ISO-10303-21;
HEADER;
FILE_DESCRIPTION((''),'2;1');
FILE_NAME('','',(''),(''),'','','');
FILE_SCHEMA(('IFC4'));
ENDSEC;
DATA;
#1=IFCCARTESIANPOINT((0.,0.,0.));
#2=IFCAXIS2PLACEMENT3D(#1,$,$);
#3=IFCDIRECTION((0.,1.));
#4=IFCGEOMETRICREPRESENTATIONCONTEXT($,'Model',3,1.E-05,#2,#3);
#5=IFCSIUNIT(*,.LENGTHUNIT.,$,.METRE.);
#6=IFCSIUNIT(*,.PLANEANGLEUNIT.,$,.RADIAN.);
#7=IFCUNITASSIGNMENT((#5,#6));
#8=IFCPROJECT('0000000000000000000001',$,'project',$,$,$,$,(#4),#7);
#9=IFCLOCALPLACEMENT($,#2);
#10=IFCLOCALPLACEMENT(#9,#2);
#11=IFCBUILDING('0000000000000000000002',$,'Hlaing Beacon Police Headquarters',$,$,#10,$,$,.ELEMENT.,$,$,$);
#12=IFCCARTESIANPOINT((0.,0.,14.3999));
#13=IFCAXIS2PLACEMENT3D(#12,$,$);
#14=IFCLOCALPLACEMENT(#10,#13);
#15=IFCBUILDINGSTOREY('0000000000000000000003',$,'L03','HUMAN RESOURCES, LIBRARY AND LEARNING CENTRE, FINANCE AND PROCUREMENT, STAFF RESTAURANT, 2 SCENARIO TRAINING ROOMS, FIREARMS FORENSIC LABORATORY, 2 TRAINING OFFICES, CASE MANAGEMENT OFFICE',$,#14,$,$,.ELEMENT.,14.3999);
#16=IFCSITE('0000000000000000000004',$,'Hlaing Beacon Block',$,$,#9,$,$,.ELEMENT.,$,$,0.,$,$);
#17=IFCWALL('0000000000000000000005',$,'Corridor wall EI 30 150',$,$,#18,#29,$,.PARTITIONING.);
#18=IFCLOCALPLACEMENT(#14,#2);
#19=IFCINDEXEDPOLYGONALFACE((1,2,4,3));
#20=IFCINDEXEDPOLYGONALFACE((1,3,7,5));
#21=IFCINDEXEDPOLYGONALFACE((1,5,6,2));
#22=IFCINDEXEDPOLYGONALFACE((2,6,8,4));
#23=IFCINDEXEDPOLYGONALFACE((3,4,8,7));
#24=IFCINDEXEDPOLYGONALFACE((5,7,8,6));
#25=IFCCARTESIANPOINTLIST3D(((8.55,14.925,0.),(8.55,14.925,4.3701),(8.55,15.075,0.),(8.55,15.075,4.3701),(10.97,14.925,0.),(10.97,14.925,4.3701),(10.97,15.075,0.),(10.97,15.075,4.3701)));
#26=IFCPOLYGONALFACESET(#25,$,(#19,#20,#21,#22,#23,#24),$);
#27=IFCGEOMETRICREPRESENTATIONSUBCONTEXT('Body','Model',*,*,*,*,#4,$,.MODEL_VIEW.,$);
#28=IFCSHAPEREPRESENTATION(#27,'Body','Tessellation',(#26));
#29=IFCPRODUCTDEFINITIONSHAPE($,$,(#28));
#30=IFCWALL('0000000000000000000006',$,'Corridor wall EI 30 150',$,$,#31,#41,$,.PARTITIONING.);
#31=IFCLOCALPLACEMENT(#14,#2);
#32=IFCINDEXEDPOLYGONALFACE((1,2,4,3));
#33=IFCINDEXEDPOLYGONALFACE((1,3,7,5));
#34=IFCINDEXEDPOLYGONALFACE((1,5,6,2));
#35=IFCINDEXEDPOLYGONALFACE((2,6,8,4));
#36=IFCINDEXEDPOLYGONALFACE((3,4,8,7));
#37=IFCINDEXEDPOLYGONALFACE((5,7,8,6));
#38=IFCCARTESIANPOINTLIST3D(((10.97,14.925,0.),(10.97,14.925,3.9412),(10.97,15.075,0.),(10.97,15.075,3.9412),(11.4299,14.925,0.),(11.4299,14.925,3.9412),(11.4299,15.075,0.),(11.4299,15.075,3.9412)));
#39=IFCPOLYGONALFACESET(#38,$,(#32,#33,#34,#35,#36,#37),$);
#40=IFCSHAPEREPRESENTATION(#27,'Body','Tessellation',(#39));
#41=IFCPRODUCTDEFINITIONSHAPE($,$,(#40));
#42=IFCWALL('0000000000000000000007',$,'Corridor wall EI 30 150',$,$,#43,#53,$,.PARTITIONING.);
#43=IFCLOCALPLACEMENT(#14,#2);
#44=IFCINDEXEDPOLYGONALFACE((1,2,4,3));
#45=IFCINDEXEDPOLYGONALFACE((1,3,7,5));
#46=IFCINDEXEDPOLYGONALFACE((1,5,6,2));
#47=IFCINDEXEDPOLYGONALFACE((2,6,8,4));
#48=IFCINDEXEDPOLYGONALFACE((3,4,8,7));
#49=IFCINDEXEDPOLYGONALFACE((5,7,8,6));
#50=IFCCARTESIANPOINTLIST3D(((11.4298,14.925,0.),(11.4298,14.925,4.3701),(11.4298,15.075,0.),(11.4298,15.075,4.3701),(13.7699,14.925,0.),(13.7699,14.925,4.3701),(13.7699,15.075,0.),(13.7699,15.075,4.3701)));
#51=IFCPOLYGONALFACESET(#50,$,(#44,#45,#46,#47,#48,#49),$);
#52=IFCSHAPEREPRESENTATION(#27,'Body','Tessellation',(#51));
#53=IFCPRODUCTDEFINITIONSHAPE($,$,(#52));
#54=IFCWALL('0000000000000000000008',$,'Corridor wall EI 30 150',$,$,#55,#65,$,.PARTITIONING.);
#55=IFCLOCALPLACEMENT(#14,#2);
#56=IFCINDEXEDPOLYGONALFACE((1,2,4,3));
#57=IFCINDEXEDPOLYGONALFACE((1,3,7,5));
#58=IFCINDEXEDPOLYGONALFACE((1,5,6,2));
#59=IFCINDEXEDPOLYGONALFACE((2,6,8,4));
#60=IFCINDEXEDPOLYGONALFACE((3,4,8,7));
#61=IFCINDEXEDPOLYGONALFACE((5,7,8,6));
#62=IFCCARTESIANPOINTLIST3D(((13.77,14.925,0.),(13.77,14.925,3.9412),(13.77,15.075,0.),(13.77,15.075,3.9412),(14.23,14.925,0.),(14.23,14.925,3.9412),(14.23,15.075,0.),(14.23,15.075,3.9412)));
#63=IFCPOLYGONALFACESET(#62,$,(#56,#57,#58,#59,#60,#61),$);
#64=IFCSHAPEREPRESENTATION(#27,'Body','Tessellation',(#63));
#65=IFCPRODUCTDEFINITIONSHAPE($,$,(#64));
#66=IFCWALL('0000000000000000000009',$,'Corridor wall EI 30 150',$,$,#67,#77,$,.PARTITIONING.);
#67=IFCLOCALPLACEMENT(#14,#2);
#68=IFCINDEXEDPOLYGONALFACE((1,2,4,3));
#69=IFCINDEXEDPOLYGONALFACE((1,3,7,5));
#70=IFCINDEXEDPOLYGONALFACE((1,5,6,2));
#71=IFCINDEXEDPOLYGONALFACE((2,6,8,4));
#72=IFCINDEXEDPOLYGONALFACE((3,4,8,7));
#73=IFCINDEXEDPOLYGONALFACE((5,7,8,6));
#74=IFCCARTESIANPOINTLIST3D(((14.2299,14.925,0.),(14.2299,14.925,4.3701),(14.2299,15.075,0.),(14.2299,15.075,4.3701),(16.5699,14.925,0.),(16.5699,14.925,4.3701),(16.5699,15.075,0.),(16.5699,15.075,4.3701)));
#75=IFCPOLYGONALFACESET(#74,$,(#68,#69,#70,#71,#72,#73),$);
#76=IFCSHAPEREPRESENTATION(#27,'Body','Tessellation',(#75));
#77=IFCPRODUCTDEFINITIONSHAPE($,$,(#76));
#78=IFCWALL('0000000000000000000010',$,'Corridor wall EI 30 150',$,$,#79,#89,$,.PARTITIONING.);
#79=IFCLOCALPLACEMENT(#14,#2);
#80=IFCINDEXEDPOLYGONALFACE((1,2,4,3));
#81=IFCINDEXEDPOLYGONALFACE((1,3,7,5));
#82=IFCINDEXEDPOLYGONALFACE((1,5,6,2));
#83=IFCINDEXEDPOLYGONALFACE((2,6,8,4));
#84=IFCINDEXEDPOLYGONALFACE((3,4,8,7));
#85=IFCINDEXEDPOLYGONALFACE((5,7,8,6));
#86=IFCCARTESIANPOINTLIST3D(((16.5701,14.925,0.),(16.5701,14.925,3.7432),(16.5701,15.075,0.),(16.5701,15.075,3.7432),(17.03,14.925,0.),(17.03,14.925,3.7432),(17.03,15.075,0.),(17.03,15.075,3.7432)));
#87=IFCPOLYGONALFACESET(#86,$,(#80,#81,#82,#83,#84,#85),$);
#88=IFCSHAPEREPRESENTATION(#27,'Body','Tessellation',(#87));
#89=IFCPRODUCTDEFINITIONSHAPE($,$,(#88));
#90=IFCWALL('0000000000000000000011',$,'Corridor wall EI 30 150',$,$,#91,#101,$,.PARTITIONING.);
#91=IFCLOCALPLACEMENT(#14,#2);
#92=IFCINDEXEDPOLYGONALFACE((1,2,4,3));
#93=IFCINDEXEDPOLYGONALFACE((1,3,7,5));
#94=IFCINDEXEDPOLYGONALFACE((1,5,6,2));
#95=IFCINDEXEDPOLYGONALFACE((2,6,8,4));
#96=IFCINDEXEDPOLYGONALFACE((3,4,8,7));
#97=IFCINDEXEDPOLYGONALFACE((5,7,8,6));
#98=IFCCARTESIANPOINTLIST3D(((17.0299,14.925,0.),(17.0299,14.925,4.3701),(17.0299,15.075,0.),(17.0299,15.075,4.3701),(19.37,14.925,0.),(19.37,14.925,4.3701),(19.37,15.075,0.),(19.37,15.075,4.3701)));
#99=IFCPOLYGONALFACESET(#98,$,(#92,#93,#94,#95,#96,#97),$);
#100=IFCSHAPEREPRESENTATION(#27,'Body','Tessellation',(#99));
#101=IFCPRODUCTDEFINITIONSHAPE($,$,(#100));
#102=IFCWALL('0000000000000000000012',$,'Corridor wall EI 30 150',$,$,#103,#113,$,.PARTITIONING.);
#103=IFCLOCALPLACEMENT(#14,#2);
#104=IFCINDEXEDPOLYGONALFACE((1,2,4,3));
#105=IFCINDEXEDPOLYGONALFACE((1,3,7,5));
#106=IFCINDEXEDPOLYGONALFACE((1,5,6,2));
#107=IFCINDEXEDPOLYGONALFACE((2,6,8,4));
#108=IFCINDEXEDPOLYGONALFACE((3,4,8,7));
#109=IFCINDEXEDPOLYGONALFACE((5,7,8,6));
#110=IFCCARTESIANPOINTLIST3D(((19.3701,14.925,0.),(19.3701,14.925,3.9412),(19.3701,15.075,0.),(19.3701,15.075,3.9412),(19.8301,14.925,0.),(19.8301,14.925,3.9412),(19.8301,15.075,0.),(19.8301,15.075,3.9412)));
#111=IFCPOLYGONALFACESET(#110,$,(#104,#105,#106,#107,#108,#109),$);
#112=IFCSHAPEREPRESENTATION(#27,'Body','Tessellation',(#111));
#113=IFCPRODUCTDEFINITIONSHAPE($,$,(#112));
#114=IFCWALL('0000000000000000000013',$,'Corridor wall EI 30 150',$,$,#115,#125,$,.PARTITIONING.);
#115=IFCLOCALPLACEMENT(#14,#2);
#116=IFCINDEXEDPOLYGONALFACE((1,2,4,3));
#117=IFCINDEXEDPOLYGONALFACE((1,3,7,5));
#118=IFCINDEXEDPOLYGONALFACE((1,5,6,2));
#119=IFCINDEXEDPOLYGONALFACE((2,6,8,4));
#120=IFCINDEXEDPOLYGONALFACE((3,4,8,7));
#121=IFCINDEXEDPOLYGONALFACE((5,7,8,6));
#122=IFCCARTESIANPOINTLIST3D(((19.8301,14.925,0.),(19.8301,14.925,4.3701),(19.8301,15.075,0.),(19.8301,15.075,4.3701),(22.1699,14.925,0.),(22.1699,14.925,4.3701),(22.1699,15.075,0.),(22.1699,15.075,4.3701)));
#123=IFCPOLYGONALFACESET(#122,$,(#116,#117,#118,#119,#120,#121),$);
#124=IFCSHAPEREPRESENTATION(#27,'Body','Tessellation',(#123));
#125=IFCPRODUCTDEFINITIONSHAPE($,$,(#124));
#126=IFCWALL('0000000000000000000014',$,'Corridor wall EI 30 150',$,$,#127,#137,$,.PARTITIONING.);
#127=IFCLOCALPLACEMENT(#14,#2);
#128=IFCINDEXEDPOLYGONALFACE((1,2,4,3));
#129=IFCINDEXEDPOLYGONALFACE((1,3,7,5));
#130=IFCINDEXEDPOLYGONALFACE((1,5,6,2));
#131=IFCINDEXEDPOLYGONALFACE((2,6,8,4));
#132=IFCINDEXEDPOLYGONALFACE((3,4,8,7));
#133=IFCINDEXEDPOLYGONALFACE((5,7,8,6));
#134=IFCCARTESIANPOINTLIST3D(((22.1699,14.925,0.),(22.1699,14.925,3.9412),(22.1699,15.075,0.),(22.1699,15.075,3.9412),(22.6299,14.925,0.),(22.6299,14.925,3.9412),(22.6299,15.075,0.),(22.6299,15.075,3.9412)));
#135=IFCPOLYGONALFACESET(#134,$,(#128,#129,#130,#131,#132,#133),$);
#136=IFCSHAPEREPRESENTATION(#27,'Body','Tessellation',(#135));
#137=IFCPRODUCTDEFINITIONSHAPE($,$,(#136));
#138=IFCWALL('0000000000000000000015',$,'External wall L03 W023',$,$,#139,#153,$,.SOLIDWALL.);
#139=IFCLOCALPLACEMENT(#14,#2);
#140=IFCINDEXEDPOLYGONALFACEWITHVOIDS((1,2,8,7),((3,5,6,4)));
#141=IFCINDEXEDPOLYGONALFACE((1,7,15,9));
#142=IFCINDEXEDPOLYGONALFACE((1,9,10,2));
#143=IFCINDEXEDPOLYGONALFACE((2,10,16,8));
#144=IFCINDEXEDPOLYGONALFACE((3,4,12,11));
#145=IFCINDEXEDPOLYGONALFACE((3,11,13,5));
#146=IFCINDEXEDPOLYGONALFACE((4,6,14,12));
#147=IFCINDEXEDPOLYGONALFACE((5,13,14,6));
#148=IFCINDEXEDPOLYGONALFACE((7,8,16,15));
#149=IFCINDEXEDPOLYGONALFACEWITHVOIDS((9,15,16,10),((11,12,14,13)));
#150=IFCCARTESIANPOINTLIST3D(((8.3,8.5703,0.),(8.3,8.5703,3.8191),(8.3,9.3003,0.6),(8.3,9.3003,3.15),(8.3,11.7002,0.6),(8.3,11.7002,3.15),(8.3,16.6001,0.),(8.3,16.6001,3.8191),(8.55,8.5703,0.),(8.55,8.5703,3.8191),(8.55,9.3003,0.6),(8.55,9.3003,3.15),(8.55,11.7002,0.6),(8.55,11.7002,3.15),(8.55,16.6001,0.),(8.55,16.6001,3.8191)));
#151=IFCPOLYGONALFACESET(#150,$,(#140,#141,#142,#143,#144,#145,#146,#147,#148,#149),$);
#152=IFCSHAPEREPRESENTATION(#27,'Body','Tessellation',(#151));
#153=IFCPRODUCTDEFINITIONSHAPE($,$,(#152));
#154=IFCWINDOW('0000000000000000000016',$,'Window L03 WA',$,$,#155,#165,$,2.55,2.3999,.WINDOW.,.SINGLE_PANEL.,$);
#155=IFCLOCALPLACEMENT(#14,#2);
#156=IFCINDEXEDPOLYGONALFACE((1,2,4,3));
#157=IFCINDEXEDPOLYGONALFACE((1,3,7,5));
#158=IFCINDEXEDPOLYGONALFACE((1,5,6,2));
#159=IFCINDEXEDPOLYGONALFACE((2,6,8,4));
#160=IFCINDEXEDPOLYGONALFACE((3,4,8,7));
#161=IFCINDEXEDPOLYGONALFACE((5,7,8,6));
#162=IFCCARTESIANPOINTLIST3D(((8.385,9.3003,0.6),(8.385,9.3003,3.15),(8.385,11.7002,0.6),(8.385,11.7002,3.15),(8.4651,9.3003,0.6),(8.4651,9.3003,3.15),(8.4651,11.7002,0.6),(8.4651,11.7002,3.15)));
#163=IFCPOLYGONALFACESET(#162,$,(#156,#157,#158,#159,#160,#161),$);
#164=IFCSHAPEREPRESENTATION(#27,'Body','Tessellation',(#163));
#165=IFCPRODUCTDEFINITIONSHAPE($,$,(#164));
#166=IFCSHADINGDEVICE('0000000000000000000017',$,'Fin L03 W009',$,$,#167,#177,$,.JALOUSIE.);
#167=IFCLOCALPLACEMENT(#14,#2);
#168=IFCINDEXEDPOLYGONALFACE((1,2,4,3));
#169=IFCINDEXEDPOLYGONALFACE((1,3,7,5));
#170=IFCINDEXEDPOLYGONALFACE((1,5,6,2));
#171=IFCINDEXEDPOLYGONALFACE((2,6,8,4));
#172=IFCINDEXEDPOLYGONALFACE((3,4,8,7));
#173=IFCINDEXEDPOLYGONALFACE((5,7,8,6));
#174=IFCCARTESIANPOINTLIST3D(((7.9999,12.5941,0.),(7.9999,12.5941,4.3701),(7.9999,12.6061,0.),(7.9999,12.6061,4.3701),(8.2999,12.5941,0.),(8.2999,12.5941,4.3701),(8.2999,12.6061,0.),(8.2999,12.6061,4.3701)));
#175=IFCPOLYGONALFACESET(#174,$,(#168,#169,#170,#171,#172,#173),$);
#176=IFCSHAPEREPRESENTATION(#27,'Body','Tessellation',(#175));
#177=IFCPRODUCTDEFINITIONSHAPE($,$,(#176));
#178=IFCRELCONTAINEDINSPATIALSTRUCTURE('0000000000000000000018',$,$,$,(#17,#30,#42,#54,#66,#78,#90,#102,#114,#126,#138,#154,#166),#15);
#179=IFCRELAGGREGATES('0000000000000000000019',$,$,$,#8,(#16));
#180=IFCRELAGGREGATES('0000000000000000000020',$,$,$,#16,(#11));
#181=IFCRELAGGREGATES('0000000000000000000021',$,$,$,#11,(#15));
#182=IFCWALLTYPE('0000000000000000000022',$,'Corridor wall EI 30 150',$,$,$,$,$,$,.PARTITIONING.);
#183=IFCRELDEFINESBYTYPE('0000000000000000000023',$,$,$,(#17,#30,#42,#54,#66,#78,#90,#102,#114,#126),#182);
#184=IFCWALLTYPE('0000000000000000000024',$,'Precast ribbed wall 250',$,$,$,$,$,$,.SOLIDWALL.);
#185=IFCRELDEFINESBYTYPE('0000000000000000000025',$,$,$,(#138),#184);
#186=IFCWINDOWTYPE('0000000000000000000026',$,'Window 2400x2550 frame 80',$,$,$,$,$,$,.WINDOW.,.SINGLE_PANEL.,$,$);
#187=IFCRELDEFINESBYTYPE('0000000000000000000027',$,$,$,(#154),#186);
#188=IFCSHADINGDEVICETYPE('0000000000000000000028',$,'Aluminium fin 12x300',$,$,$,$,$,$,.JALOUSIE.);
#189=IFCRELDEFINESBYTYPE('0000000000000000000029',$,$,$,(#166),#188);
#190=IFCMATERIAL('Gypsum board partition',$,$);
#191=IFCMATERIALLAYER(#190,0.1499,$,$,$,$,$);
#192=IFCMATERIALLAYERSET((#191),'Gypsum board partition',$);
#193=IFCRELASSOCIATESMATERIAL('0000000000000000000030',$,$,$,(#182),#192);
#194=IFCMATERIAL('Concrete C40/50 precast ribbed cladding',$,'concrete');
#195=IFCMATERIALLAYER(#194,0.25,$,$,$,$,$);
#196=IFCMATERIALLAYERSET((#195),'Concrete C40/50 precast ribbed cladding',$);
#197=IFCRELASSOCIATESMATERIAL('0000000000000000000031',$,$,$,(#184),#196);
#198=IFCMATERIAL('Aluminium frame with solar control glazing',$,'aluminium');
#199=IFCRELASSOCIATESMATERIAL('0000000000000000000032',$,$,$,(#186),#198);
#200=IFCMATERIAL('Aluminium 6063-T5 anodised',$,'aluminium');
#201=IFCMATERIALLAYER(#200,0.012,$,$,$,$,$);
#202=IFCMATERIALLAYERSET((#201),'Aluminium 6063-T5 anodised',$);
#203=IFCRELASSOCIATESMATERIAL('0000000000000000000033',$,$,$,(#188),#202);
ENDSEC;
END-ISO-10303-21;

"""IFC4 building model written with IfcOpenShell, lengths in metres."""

from ifc_helpers import new_model, si_unit, direction, frame, frame_2d, origin, origin_2d, place, context, subcontext, project, spatial, rectangle, extrude, material, layer, layer_set, type_object, element, fill, save


model = new_model("IFC4")

# Units and contexts
model_context = context("Model", 3, precision=1e-05, world=origin(), true_north=direction((0.0, 1.0)))
body_context = subcontext(model_context, "Body", "Model", "MODEL_VIEW")
ifc_project = project(units=[si_unit("LENGTHUNIT", "METRE"), si_unit("PLANEANGLEUNIT", "RADIAN")], contexts=[model_context])

# Site, building, storey
site_placement = place(None, origin())
site = spatial("IfcSite", under=ifc_project, at=site_placement, Name="Hlaing Beacon Block", CompositionType="ELEMENT", RefElevation=0.0)
building_placement = place(site_placement, origin())
building = spatial("IfcBuilding", under=site, at=building_placement, Name="Hlaing Beacon Police Headquarters", CompositionType="ELEMENT")
storey_placement = place(building_placement, frame((0.0, 0.0, 14.3999)))
storey = spatial("IfcBuildingStorey", under=building, at=storey_placement, Name="L03", Description="HUMAN RESOURCES, LIBRARY AND LEARNING CENTRE, FINANCE AND PROCUREMENT, STAFF RESTAURANT, 2 SCENARIO TRAINING ROOMS, FIREARMS FORENSIC LABORATORY, 2 TRAINING OFFICES, CASE MANAGEMENT OFFICE", CompositionType="ELEMENT", Elevation=14.3999)

# Walls
ifc_material_1 = material(Name="Gypsum board partition")
ifc_layer_1 = layer(ifc_material_1, 0.1499)
ifc_layer_set_1 = layer_set([ifc_layer_1], Name="Gypsum board partition")
wall_type_1 = type_object("IfcWallType", Name="Corridor wall EI 30 150", PredefinedType="PARTITIONING", material=ifc_layer_set_1)
wall_1_placement = place(storey_placement, frame((8.55, 15.0, 0.0), z_axis=(0.0, 0.0, 1.0), x_axis=(1.0, 0.0, 0.0)))
element("IfcWall", 1, at=wall_1_placement, inside=storey, type_object=wall_type_1, Name="Corridor wall EI 30 150", PredefinedType="PARTITIONING", context=body_context, shape_type="SweptSolid", body=[
    extrude(rectangle(XDim=2.4199, YDim=0.1499, at=frame_2d((1.21, 0.0))), origin(), (0.0, 0.0, 1.0), 4.3701),
])
wall_2_placement = place(storey_placement, frame((10.97, 15.0, 0.0), z_axis=(0.0, 0.0, 1.0), x_axis=(1.0, 0.0, 0.0)))
element("IfcWall", 2, at=wall_2_placement, inside=storey, type_object=wall_type_1, Name="Corridor wall EI 30 150", PredefinedType="PARTITIONING", context=body_context, shape_type="SweptSolid", body=[
    extrude(rectangle(XDim=0.46, YDim=0.1499, at=frame_2d((0.23, 0.0))), origin(), (0.0, 0.0, 1.0), 3.9412),
])
wall_3_placement = place(storey_placement, frame((11.4299, 15.0, 0.0), z_axis=(0.0, 0.0, 1.0), x_axis=(1.0, 0.0, 0.0)))
element("IfcWall", 3, at=wall_3_placement, inside=storey, type_object=wall_type_1, Name="Corridor wall EI 30 150", PredefinedType="PARTITIONING", context=body_context, shape_type="SweptSolid", body=[
    extrude(rectangle(XDim=2.3401, YDim=0.1499, at=frame_2d((1.1699, 0.0))), origin(), (0.0, 0.0, 1.0), 4.3701),
])
wall_4_placement = place(storey_placement, frame((13.77, 15.0, 0.0), z_axis=(0.0, 0.0, 1.0), x_axis=(1.0, 0.0, 0.0)))
element("IfcWall", 4, at=wall_4_placement, inside=storey, type_object=wall_type_1, Name="Corridor wall EI 30 150", PredefinedType="PARTITIONING", context=body_context, shape_type="SweptSolid", body=[
    extrude(rectangle(XDim=0.46, YDim=0.1499, at=frame_2d((0.23, 0.0))), origin(), (0.0, 0.0, 1.0), 3.9412),
])
wall_5_placement = place(storey_placement, frame((14.23, 15.0, 0.0), z_axis=(0.0, 0.0, 1.0), x_axis=(1.0, 0.0, 0.0)))
element("IfcWall", 5, at=wall_5_placement, inside=storey, type_object=wall_type_1, Name="Corridor wall EI 30 150", PredefinedType="PARTITIONING", context=body_context, shape_type="SweptSolid", body=[
    extrude(rectangle(XDim=2.3401, YDim=0.1499, at=frame_2d((1.1699, 0.0))), origin(), (0.0, 0.0, 1.0), 4.3701),
])
wall_6_placement = place(storey_placement, frame((16.5701, 15.0, 0.0), z_axis=(0.0, 0.0, 1.0), x_axis=(1.0, 0.0, 0.0)))
element("IfcWall", 6, at=wall_6_placement, inside=storey, type_object=wall_type_1, Name="Corridor wall EI 30 150", PredefinedType="PARTITIONING", context=body_context, shape_type="SweptSolid", body=[
    extrude(rectangle(XDim=0.46, YDim=0.1499, at=frame_2d((0.23, 0.0))), origin(), (0.0, 0.0, 1.0), 3.7432),
])
wall_7_placement = place(storey_placement, frame((17.03, 15.0, 0.0), z_axis=(0.0, 0.0, 1.0), x_axis=(1.0, 0.0, 0.0)))
element("IfcWall", 7, at=wall_7_placement, inside=storey, type_object=wall_type_1, Name="Corridor wall EI 30 150", PredefinedType="PARTITIONING", context=body_context, shape_type="SweptSolid", body=[
    extrude(rectangle(XDim=2.3401, YDim=0.1499, at=frame_2d((1.1699, 0.0))), origin(), (0.0, 0.0, 1.0), 4.3701),
])
wall_8_placement = place(storey_placement, frame((19.3701, 15.0, 0.0), z_axis=(0.0, 0.0, 1.0), x_axis=(1.0, 0.0, 0.0)))
element("IfcWall", 8, at=wall_8_placement, inside=storey, type_object=wall_type_1, Name="Corridor wall EI 30 150", PredefinedType="PARTITIONING", context=body_context, shape_type="SweptSolid", body=[
    extrude(rectangle(XDim=0.46, YDim=0.1499, at=frame_2d((0.23, 0.0))), origin(), (0.0, 0.0, 1.0), 3.9412),
])
wall_9_placement = place(storey_placement, frame((19.8301, 15.0, 0.0), z_axis=(0.0, 0.0, 1.0), x_axis=(1.0, 0.0, 0.0)))
element("IfcWall", 9, at=wall_9_placement, inside=storey, type_object=wall_type_1, Name="Corridor wall EI 30 150", PredefinedType="PARTITIONING", context=body_context, shape_type="SweptSolid", body=[
    extrude(rectangle(XDim=2.3398, YDim=0.1499, at=frame_2d((1.1699, 0.0))), origin(), (0.0, 0.0, 1.0), 4.3701),
])
wall_10_placement = place(storey_placement, frame((22.1699, 15.0, 0.0), z_axis=(0.0, 0.0, 1.0), x_axis=(1.0, 0.0, 0.0)))
element("IfcWall", 10, at=wall_10_placement, inside=storey, type_object=wall_type_1, Name="Corridor wall EI 30 150", PredefinedType="PARTITIONING", context=body_context, shape_type="SweptSolid", body=[
    extrude(rectangle(XDim=0.46, YDim=0.1499, at=frame_2d((0.23, 0.0))), origin(), (0.0, 0.0, 1.0), 3.9412),
])

# Wall, opening, window
ifc_material_2 = material(Name="Concrete C40/50 precast ribbed cladding", Category="concrete")
ifc_layer_2 = layer(ifc_material_2, 0.25)
ifc_layer_set_2 = layer_set([ifc_layer_2], Name="Concrete C40/50 precast ribbed cladding")
wall_type_2 = type_object("IfcWallType", Name="Precast ribbed wall 250", PredefinedType="SOLIDWALL", material=ifc_layer_set_2)
wall_11_placement = place(storey_placement, frame((8.425, 16.6001, 0.0), z_axis=(0.0, 0.0, 1.0), x_axis=(0.0, -1.0, 0.0)))
wall_11 = element("IfcWall", 11, at=wall_11_placement, inside=storey, type_object=wall_type_2, Name="External wall L03 W023", PredefinedType="SOLIDWALL", context=body_context, shape_type="SweptSolid", body=[
    extrude(rectangle(XDim=8.0298, YDim=0.25, at=frame_2d((4.0149, 0.0))), origin(), (0.0, 0.0, 1.0), 3.8191),
])
opening_placement = place(wall_11_placement, frame((4.8999, 0.0, 0.6001)))
opening = element("IfcOpeningElement", 12, at=opening_placement, cuts=wall_11, PredefinedType="OPENING", context=body_context, shape_type="SweptSolid", body=[
    extrude(rectangle(XDim=2.3999, YDim=2.55, at=frame_2d((1.2, 1.2749))), frame((0.0, 0.135, 0.0), z_axis=(0.0, -1.0, 0.0), x_axis=(1.0, 0.0, 0.0)), (0.0, 0.0, 1.0), 0.27),
])
ifc_material_3 = material(Name="Aluminium frame with solar control glazing", Category="aluminium")
window_type = type_object("IfcWindowType", Name="Window 2400x2550 frame 80", PartitioningType="SINGLE_PANEL", PredefinedType="WINDOW", material=ifc_material_3)
window_placement = place(opening_placement, origin())
window = element("IfcWindow", 13, at=window_placement, inside=storey, type_object=window_type, Name="Window L03 WA", OverallHeight=2.55, OverallWidth=2.3999, PartitioningType="SINGLE_PANEL", PredefinedType="WINDOW", context=body_context, shape_type="SweptSolid", body=[
    extrude(rectangle(XDim=2.3999, YDim=2.55, at=frame_2d((1.2, 1.2749))), frame((0.0, 0.04, 0.0), z_axis=(0.0, -1.0, 0.0), x_axis=(1.0, 0.0, 0.0)), (0.0, 0.0, 1.0), 0.0801),
])
fill(opening, window)

# Shading device
ifc_material_4 = material(Name="Aluminium 6063-T5 anodised", Category="aluminium")
ifc_layer_3 = layer(ifc_material_4, 0.012)
ifc_layer_set_3 = layer_set([ifc_layer_3], Name="Aluminium 6063-T5 anodised")
shading_device_type = type_object("IfcShadingDeviceType", Name="Aluminium fin 12x300", PredefinedType="JALOUSIE", material=ifc_layer_set_3)
shading_device_placement = place(storey_placement, frame((8.1499, 12.6001, 0.0), z_axis=(0.0, 0.0, 1.0), x_axis=(0.0, -1.0, 0.0)))
element("IfcShadingDevice", 14, at=shading_device_placement, inside=storey, type_object=shading_device_type, Name="Fin L03 W009", PredefinedType="JALOUSIE", context=body_context, shape_type="SweptSolid", body=[
    extrude(rectangle(XDim=0.012, YDim=0.3, at=origin_2d()), origin(), (0.0, 0.0, 1.0), 4.3701),
])

save(model, "model.ifc")
